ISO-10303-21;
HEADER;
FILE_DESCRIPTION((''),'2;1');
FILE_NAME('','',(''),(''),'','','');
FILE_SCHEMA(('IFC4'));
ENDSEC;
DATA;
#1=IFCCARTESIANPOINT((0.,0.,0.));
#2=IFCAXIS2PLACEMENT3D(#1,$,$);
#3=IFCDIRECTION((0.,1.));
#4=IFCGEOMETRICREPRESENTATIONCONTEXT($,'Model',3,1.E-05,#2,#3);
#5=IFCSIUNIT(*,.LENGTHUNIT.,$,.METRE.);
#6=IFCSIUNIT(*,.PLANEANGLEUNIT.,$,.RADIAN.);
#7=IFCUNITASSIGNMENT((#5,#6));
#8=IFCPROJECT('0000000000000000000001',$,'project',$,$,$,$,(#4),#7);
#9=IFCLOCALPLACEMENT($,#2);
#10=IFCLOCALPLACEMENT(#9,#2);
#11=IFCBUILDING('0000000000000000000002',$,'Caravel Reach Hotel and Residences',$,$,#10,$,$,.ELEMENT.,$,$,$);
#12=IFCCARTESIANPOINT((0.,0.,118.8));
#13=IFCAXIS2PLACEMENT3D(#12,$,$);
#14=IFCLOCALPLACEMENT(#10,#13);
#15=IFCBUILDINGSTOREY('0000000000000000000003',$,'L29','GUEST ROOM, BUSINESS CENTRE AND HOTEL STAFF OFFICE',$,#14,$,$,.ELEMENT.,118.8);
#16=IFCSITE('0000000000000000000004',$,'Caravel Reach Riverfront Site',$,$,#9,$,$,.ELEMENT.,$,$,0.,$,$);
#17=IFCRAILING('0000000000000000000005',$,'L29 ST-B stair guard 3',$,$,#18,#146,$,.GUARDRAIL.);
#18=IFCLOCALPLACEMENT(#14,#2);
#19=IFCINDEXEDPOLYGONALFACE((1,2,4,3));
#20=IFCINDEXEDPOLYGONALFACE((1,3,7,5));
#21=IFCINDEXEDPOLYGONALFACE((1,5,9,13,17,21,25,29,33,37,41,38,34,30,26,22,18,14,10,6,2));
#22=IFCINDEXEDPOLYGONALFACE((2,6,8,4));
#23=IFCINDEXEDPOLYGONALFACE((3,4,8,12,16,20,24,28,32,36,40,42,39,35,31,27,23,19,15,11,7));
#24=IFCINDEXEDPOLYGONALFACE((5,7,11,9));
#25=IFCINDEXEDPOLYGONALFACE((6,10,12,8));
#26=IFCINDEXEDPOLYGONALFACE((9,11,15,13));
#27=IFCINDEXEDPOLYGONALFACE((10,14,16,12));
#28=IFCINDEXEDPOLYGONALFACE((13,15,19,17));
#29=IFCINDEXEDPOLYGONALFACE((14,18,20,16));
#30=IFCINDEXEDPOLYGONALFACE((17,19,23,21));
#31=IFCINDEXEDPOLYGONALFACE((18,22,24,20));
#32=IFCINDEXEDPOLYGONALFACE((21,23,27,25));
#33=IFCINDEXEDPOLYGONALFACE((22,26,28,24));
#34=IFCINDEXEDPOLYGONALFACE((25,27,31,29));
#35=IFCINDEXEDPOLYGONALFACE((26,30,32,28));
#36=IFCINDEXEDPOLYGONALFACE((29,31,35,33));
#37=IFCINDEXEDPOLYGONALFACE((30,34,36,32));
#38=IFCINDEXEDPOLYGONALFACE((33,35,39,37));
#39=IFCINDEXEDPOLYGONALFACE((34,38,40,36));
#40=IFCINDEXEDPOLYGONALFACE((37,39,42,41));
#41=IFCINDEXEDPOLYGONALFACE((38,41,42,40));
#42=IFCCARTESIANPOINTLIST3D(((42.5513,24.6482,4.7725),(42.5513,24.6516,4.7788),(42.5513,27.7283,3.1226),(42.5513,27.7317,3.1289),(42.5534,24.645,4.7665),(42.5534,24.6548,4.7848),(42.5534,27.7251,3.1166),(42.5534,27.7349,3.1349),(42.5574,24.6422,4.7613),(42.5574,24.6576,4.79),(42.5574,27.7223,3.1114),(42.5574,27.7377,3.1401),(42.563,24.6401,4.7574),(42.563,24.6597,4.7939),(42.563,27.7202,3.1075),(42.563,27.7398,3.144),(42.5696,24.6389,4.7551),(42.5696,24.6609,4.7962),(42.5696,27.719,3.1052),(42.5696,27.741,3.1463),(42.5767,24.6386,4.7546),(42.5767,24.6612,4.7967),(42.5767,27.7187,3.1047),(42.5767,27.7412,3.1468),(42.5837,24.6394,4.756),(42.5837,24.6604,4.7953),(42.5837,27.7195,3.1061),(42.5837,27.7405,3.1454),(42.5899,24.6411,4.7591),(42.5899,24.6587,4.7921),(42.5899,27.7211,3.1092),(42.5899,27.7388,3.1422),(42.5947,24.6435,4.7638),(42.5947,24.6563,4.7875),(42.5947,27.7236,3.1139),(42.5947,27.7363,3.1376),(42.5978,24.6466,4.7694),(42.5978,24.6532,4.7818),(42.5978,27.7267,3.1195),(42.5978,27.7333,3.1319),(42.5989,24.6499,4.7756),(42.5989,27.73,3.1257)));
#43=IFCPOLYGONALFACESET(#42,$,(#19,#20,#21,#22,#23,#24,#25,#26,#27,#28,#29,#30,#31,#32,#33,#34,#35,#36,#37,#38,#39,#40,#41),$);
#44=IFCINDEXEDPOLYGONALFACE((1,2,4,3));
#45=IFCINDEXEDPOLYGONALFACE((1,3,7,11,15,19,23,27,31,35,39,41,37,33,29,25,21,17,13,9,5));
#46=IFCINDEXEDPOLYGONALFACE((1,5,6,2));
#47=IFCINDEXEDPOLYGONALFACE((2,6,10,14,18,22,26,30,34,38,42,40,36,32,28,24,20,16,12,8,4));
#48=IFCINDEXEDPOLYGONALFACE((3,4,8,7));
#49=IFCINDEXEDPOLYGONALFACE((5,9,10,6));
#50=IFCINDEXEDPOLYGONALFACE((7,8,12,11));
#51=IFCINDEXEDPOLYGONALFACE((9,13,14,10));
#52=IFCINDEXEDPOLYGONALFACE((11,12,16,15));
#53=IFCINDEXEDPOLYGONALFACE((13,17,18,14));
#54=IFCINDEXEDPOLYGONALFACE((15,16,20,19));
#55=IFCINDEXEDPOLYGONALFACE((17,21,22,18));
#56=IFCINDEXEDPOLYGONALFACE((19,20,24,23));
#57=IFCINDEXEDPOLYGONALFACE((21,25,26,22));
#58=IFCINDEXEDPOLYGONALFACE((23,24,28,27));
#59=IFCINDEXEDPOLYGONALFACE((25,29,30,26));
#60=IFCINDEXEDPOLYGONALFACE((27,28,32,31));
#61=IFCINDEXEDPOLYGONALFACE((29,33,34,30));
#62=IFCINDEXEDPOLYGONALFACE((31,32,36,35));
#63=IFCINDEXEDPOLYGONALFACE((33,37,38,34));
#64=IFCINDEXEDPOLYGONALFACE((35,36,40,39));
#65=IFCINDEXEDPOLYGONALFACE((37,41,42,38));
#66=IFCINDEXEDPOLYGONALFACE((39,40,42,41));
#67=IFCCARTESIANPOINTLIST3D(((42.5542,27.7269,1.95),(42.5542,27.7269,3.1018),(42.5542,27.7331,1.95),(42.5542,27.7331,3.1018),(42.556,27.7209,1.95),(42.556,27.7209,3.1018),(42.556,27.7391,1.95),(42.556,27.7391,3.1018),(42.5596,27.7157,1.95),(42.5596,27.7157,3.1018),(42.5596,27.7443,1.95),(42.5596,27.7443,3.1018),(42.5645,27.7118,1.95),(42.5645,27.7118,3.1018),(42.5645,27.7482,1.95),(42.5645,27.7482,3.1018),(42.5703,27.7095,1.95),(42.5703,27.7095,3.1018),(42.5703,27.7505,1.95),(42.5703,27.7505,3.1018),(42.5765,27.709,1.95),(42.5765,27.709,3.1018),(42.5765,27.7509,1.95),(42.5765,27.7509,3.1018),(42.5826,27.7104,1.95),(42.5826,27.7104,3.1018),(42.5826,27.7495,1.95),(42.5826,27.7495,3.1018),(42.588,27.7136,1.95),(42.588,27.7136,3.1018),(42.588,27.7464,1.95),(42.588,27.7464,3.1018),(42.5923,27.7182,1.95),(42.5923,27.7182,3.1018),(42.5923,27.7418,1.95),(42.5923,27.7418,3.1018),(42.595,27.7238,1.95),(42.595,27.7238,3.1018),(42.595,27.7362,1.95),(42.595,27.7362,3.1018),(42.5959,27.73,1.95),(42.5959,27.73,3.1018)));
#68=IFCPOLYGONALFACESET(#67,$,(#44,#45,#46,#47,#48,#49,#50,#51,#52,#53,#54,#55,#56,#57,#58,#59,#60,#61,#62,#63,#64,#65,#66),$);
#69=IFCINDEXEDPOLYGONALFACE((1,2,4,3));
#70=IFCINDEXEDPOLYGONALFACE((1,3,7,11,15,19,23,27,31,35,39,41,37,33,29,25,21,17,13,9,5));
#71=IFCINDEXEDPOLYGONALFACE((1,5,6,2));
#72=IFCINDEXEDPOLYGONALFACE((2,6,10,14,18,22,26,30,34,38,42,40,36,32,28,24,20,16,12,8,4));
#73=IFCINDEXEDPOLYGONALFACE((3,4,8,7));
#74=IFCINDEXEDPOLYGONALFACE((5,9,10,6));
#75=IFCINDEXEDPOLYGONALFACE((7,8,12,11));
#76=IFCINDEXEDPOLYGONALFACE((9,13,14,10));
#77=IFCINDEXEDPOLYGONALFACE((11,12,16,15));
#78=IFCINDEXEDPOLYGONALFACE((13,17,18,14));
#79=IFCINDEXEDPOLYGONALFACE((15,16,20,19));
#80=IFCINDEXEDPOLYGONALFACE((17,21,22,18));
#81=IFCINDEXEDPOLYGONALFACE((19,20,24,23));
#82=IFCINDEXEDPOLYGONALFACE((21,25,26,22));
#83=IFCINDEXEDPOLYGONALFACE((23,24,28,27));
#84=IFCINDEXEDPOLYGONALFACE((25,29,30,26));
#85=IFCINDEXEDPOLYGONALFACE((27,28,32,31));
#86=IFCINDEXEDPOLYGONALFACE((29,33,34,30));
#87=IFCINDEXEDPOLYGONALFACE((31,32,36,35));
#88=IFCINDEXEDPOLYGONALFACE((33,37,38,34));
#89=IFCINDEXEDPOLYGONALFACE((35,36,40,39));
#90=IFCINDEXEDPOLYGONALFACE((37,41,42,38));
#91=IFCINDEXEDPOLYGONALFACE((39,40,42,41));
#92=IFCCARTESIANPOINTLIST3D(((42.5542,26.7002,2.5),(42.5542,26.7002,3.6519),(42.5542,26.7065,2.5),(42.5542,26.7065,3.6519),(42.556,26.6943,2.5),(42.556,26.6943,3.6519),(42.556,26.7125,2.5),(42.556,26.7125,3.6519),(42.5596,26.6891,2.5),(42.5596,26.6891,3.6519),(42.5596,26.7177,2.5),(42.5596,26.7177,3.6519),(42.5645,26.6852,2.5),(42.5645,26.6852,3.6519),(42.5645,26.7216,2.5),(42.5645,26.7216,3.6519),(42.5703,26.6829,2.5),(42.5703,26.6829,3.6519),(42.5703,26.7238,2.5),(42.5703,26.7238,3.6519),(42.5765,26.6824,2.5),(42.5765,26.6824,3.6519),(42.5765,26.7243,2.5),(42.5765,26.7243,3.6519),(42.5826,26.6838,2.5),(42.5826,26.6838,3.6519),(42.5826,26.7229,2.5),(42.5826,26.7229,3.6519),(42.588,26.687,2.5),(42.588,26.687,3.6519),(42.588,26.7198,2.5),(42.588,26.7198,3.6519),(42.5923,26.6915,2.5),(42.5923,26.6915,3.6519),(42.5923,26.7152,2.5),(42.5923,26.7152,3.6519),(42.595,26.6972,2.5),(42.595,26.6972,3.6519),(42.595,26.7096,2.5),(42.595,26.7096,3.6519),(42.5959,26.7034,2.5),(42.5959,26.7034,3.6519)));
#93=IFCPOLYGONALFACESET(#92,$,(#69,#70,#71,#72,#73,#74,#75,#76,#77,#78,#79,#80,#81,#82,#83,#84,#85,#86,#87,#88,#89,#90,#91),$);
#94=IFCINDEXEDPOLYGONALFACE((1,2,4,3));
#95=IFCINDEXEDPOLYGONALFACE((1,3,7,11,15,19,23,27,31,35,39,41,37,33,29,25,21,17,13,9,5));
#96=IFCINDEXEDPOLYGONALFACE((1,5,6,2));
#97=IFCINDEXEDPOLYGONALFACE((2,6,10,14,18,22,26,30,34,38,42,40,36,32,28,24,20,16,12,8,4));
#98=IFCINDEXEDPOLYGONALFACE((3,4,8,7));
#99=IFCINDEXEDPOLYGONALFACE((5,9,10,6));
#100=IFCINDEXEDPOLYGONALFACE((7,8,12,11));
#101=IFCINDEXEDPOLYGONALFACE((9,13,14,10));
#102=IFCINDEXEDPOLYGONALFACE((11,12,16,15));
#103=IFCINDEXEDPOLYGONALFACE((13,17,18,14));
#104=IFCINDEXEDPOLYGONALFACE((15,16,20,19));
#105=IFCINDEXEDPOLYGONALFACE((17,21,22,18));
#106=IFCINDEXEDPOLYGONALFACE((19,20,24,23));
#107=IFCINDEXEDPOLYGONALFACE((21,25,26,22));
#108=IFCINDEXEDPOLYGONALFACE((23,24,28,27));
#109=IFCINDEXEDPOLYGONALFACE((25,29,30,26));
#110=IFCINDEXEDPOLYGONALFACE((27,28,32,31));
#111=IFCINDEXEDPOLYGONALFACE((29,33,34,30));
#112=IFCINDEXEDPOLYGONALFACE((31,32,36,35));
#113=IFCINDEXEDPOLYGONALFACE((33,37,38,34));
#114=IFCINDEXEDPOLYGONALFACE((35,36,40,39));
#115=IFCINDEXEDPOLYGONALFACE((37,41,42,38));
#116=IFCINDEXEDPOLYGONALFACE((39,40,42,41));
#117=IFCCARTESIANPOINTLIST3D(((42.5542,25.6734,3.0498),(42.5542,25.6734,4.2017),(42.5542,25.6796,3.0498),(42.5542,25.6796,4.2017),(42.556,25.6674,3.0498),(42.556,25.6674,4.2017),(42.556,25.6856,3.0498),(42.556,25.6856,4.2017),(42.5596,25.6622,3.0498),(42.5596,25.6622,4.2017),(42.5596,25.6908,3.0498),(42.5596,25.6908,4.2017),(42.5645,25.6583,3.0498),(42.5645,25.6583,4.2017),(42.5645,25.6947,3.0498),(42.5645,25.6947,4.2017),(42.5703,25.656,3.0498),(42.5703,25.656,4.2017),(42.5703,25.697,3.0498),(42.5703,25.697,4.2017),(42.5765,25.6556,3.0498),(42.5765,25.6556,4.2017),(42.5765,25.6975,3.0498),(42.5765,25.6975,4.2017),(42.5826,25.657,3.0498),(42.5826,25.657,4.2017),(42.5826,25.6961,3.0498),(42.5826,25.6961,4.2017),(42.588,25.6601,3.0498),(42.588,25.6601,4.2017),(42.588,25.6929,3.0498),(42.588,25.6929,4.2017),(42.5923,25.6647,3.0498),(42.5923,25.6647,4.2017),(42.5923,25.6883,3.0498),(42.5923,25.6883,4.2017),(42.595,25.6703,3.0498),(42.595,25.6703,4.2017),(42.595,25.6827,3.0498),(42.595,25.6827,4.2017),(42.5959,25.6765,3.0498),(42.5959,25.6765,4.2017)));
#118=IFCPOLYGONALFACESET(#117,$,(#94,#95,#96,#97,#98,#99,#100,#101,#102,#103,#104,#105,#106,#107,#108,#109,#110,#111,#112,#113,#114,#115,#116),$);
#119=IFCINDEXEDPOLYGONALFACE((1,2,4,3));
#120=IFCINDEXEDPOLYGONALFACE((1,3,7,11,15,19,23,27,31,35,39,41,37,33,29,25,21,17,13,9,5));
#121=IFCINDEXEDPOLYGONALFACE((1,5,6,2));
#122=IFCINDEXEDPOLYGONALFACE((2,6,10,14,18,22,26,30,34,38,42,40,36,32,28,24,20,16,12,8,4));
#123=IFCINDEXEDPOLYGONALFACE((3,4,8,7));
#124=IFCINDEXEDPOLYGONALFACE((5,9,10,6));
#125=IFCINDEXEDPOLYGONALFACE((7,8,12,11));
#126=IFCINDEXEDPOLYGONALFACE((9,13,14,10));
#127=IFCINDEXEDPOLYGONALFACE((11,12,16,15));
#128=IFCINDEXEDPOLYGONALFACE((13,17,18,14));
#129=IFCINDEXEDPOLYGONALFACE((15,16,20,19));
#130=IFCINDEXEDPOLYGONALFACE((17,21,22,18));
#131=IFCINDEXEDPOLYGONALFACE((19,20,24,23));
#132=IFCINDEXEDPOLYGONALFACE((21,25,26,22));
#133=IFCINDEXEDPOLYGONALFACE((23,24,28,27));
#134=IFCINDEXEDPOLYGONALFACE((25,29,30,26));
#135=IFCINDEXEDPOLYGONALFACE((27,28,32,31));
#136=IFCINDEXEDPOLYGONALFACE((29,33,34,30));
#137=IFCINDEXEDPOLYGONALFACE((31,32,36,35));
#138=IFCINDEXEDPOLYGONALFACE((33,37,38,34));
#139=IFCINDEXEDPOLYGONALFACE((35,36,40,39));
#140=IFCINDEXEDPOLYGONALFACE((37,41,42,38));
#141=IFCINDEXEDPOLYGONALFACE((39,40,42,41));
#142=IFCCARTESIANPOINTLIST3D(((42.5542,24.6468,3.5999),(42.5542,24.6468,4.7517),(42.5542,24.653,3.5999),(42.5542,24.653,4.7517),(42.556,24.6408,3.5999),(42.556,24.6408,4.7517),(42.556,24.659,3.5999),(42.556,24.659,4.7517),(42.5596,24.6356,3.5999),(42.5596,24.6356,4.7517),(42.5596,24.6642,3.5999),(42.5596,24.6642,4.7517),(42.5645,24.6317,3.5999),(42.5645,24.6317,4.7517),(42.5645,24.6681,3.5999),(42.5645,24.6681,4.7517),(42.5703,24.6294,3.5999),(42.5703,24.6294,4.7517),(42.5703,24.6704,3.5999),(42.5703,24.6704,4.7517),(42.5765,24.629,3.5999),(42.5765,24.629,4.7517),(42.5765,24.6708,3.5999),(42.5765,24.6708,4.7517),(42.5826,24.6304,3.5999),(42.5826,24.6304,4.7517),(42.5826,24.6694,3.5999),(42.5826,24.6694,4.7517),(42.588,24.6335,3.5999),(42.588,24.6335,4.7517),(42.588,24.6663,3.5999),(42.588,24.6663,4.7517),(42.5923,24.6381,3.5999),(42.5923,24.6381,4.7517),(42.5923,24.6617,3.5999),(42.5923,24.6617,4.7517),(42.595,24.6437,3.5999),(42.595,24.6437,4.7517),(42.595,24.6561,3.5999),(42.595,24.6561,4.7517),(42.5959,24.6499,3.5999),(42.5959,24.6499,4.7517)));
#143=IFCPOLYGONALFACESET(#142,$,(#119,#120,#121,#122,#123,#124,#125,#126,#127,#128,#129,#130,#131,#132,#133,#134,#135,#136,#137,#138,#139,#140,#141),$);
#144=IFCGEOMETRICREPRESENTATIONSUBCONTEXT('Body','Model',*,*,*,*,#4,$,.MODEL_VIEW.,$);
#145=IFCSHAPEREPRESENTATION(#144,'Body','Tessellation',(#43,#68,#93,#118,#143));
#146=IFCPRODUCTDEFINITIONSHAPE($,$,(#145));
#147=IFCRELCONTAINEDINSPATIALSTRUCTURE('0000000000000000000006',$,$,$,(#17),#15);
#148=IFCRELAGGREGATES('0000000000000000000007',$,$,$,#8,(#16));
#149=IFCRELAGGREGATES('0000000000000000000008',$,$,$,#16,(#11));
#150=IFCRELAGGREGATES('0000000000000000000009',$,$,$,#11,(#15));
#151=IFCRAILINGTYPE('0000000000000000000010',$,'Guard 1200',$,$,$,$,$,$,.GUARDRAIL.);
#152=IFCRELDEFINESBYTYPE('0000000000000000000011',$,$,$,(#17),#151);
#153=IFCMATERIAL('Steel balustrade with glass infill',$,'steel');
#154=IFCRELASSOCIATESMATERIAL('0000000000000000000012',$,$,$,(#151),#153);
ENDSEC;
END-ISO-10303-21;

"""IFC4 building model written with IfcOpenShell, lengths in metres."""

from ifc_helpers import new_model, si_unit, direction, frame, origin, origin_2d, place, context, subcontext, project, spatial, circle, extrude, material, type_object, element, save


model = new_model("IFC4")

# Units and contexts
model_context = context("Model", 3, precision=1e-05, world=origin(), true_north=direction((0.0, 1.0)))
body_context = subcontext(model_context, "Body", "Model", "MODEL_VIEW")
ifc_project = project(units=[si_unit("LENGTHUNIT", "METRE"), si_unit("PLANEANGLEUNIT", "RADIAN")], contexts=[model_context])

# Site, building, storey
site_placement = place(None, origin())
site = spatial("IfcSite", under=ifc_project, at=site_placement, Name="Caravel Reach Riverfront Site", CompositionType="ELEMENT", RefElevation=0.0)
building_placement = place(site_placement, origin())
building = spatial("IfcBuilding", under=site, at=building_placement, Name="Caravel Reach Hotel and Residences", CompositionType="ELEMENT")
storey_placement = place(building_placement, frame((0.0, 0.0, 118.8)))
storey = spatial("IfcBuildingStorey", under=building, at=storey_placement, Name="L29", Description="GUEST ROOM, BUSINESS CENTRE AND HOTEL STAFF OFFICE", CompositionType="ELEMENT", Elevation=118.8)

# Railing
ifc_material_1 = material(Name="Steel balustrade with glass infill", Category="steel")
railing_type_1 = type_object("IfcRailingType", Name="Guard 1200", PredefinedType="GUARDRAIL", material=ifc_material_1)
railing_1_placement = place(storey_placement, frame((42.575, 27.73, 1.95)))
element("IfcRailing", 1, at=railing_1_placement, inside=storey, type_object=railing_type_1, Name="L29 ST-B stair guard 3", PredefinedType="GUARDRAIL", context=body_context, shape_type="SweptSolid", body=[
    extrude(circle(Radius=0.0239, at=origin_2d()), frame((0.0, 0.0, 1.1758), z_axis=(0.0, -0.881497, 0.47219), x_axis=(1.0, 0.0, 0.0)), (0.0, 0.0, 1.0), 3.4941),
    extrude(circle(Radius=0.021, at=origin_2d()), origin(), (0.0, 0.0, 1.0), 1.1519),
    extrude(circle(Radius=0.021, at=origin_2d()), frame((0.0, -1.0266, 0.55)), (0.0, 0.0, 1.0), 1.1519),
    extrude(circle(Radius=0.021, at=origin_2d()), frame((0.0, -2.0535, 1.0999)), (0.0, 0.0, 1.0), 1.1519),
    extrude(circle(Radius=0.021, at=origin_2d()), frame((0.0, -3.0801, 1.6499)), (0.0, 0.0, 1.0), 1.1519),
])

save(model, "model.ifc")
